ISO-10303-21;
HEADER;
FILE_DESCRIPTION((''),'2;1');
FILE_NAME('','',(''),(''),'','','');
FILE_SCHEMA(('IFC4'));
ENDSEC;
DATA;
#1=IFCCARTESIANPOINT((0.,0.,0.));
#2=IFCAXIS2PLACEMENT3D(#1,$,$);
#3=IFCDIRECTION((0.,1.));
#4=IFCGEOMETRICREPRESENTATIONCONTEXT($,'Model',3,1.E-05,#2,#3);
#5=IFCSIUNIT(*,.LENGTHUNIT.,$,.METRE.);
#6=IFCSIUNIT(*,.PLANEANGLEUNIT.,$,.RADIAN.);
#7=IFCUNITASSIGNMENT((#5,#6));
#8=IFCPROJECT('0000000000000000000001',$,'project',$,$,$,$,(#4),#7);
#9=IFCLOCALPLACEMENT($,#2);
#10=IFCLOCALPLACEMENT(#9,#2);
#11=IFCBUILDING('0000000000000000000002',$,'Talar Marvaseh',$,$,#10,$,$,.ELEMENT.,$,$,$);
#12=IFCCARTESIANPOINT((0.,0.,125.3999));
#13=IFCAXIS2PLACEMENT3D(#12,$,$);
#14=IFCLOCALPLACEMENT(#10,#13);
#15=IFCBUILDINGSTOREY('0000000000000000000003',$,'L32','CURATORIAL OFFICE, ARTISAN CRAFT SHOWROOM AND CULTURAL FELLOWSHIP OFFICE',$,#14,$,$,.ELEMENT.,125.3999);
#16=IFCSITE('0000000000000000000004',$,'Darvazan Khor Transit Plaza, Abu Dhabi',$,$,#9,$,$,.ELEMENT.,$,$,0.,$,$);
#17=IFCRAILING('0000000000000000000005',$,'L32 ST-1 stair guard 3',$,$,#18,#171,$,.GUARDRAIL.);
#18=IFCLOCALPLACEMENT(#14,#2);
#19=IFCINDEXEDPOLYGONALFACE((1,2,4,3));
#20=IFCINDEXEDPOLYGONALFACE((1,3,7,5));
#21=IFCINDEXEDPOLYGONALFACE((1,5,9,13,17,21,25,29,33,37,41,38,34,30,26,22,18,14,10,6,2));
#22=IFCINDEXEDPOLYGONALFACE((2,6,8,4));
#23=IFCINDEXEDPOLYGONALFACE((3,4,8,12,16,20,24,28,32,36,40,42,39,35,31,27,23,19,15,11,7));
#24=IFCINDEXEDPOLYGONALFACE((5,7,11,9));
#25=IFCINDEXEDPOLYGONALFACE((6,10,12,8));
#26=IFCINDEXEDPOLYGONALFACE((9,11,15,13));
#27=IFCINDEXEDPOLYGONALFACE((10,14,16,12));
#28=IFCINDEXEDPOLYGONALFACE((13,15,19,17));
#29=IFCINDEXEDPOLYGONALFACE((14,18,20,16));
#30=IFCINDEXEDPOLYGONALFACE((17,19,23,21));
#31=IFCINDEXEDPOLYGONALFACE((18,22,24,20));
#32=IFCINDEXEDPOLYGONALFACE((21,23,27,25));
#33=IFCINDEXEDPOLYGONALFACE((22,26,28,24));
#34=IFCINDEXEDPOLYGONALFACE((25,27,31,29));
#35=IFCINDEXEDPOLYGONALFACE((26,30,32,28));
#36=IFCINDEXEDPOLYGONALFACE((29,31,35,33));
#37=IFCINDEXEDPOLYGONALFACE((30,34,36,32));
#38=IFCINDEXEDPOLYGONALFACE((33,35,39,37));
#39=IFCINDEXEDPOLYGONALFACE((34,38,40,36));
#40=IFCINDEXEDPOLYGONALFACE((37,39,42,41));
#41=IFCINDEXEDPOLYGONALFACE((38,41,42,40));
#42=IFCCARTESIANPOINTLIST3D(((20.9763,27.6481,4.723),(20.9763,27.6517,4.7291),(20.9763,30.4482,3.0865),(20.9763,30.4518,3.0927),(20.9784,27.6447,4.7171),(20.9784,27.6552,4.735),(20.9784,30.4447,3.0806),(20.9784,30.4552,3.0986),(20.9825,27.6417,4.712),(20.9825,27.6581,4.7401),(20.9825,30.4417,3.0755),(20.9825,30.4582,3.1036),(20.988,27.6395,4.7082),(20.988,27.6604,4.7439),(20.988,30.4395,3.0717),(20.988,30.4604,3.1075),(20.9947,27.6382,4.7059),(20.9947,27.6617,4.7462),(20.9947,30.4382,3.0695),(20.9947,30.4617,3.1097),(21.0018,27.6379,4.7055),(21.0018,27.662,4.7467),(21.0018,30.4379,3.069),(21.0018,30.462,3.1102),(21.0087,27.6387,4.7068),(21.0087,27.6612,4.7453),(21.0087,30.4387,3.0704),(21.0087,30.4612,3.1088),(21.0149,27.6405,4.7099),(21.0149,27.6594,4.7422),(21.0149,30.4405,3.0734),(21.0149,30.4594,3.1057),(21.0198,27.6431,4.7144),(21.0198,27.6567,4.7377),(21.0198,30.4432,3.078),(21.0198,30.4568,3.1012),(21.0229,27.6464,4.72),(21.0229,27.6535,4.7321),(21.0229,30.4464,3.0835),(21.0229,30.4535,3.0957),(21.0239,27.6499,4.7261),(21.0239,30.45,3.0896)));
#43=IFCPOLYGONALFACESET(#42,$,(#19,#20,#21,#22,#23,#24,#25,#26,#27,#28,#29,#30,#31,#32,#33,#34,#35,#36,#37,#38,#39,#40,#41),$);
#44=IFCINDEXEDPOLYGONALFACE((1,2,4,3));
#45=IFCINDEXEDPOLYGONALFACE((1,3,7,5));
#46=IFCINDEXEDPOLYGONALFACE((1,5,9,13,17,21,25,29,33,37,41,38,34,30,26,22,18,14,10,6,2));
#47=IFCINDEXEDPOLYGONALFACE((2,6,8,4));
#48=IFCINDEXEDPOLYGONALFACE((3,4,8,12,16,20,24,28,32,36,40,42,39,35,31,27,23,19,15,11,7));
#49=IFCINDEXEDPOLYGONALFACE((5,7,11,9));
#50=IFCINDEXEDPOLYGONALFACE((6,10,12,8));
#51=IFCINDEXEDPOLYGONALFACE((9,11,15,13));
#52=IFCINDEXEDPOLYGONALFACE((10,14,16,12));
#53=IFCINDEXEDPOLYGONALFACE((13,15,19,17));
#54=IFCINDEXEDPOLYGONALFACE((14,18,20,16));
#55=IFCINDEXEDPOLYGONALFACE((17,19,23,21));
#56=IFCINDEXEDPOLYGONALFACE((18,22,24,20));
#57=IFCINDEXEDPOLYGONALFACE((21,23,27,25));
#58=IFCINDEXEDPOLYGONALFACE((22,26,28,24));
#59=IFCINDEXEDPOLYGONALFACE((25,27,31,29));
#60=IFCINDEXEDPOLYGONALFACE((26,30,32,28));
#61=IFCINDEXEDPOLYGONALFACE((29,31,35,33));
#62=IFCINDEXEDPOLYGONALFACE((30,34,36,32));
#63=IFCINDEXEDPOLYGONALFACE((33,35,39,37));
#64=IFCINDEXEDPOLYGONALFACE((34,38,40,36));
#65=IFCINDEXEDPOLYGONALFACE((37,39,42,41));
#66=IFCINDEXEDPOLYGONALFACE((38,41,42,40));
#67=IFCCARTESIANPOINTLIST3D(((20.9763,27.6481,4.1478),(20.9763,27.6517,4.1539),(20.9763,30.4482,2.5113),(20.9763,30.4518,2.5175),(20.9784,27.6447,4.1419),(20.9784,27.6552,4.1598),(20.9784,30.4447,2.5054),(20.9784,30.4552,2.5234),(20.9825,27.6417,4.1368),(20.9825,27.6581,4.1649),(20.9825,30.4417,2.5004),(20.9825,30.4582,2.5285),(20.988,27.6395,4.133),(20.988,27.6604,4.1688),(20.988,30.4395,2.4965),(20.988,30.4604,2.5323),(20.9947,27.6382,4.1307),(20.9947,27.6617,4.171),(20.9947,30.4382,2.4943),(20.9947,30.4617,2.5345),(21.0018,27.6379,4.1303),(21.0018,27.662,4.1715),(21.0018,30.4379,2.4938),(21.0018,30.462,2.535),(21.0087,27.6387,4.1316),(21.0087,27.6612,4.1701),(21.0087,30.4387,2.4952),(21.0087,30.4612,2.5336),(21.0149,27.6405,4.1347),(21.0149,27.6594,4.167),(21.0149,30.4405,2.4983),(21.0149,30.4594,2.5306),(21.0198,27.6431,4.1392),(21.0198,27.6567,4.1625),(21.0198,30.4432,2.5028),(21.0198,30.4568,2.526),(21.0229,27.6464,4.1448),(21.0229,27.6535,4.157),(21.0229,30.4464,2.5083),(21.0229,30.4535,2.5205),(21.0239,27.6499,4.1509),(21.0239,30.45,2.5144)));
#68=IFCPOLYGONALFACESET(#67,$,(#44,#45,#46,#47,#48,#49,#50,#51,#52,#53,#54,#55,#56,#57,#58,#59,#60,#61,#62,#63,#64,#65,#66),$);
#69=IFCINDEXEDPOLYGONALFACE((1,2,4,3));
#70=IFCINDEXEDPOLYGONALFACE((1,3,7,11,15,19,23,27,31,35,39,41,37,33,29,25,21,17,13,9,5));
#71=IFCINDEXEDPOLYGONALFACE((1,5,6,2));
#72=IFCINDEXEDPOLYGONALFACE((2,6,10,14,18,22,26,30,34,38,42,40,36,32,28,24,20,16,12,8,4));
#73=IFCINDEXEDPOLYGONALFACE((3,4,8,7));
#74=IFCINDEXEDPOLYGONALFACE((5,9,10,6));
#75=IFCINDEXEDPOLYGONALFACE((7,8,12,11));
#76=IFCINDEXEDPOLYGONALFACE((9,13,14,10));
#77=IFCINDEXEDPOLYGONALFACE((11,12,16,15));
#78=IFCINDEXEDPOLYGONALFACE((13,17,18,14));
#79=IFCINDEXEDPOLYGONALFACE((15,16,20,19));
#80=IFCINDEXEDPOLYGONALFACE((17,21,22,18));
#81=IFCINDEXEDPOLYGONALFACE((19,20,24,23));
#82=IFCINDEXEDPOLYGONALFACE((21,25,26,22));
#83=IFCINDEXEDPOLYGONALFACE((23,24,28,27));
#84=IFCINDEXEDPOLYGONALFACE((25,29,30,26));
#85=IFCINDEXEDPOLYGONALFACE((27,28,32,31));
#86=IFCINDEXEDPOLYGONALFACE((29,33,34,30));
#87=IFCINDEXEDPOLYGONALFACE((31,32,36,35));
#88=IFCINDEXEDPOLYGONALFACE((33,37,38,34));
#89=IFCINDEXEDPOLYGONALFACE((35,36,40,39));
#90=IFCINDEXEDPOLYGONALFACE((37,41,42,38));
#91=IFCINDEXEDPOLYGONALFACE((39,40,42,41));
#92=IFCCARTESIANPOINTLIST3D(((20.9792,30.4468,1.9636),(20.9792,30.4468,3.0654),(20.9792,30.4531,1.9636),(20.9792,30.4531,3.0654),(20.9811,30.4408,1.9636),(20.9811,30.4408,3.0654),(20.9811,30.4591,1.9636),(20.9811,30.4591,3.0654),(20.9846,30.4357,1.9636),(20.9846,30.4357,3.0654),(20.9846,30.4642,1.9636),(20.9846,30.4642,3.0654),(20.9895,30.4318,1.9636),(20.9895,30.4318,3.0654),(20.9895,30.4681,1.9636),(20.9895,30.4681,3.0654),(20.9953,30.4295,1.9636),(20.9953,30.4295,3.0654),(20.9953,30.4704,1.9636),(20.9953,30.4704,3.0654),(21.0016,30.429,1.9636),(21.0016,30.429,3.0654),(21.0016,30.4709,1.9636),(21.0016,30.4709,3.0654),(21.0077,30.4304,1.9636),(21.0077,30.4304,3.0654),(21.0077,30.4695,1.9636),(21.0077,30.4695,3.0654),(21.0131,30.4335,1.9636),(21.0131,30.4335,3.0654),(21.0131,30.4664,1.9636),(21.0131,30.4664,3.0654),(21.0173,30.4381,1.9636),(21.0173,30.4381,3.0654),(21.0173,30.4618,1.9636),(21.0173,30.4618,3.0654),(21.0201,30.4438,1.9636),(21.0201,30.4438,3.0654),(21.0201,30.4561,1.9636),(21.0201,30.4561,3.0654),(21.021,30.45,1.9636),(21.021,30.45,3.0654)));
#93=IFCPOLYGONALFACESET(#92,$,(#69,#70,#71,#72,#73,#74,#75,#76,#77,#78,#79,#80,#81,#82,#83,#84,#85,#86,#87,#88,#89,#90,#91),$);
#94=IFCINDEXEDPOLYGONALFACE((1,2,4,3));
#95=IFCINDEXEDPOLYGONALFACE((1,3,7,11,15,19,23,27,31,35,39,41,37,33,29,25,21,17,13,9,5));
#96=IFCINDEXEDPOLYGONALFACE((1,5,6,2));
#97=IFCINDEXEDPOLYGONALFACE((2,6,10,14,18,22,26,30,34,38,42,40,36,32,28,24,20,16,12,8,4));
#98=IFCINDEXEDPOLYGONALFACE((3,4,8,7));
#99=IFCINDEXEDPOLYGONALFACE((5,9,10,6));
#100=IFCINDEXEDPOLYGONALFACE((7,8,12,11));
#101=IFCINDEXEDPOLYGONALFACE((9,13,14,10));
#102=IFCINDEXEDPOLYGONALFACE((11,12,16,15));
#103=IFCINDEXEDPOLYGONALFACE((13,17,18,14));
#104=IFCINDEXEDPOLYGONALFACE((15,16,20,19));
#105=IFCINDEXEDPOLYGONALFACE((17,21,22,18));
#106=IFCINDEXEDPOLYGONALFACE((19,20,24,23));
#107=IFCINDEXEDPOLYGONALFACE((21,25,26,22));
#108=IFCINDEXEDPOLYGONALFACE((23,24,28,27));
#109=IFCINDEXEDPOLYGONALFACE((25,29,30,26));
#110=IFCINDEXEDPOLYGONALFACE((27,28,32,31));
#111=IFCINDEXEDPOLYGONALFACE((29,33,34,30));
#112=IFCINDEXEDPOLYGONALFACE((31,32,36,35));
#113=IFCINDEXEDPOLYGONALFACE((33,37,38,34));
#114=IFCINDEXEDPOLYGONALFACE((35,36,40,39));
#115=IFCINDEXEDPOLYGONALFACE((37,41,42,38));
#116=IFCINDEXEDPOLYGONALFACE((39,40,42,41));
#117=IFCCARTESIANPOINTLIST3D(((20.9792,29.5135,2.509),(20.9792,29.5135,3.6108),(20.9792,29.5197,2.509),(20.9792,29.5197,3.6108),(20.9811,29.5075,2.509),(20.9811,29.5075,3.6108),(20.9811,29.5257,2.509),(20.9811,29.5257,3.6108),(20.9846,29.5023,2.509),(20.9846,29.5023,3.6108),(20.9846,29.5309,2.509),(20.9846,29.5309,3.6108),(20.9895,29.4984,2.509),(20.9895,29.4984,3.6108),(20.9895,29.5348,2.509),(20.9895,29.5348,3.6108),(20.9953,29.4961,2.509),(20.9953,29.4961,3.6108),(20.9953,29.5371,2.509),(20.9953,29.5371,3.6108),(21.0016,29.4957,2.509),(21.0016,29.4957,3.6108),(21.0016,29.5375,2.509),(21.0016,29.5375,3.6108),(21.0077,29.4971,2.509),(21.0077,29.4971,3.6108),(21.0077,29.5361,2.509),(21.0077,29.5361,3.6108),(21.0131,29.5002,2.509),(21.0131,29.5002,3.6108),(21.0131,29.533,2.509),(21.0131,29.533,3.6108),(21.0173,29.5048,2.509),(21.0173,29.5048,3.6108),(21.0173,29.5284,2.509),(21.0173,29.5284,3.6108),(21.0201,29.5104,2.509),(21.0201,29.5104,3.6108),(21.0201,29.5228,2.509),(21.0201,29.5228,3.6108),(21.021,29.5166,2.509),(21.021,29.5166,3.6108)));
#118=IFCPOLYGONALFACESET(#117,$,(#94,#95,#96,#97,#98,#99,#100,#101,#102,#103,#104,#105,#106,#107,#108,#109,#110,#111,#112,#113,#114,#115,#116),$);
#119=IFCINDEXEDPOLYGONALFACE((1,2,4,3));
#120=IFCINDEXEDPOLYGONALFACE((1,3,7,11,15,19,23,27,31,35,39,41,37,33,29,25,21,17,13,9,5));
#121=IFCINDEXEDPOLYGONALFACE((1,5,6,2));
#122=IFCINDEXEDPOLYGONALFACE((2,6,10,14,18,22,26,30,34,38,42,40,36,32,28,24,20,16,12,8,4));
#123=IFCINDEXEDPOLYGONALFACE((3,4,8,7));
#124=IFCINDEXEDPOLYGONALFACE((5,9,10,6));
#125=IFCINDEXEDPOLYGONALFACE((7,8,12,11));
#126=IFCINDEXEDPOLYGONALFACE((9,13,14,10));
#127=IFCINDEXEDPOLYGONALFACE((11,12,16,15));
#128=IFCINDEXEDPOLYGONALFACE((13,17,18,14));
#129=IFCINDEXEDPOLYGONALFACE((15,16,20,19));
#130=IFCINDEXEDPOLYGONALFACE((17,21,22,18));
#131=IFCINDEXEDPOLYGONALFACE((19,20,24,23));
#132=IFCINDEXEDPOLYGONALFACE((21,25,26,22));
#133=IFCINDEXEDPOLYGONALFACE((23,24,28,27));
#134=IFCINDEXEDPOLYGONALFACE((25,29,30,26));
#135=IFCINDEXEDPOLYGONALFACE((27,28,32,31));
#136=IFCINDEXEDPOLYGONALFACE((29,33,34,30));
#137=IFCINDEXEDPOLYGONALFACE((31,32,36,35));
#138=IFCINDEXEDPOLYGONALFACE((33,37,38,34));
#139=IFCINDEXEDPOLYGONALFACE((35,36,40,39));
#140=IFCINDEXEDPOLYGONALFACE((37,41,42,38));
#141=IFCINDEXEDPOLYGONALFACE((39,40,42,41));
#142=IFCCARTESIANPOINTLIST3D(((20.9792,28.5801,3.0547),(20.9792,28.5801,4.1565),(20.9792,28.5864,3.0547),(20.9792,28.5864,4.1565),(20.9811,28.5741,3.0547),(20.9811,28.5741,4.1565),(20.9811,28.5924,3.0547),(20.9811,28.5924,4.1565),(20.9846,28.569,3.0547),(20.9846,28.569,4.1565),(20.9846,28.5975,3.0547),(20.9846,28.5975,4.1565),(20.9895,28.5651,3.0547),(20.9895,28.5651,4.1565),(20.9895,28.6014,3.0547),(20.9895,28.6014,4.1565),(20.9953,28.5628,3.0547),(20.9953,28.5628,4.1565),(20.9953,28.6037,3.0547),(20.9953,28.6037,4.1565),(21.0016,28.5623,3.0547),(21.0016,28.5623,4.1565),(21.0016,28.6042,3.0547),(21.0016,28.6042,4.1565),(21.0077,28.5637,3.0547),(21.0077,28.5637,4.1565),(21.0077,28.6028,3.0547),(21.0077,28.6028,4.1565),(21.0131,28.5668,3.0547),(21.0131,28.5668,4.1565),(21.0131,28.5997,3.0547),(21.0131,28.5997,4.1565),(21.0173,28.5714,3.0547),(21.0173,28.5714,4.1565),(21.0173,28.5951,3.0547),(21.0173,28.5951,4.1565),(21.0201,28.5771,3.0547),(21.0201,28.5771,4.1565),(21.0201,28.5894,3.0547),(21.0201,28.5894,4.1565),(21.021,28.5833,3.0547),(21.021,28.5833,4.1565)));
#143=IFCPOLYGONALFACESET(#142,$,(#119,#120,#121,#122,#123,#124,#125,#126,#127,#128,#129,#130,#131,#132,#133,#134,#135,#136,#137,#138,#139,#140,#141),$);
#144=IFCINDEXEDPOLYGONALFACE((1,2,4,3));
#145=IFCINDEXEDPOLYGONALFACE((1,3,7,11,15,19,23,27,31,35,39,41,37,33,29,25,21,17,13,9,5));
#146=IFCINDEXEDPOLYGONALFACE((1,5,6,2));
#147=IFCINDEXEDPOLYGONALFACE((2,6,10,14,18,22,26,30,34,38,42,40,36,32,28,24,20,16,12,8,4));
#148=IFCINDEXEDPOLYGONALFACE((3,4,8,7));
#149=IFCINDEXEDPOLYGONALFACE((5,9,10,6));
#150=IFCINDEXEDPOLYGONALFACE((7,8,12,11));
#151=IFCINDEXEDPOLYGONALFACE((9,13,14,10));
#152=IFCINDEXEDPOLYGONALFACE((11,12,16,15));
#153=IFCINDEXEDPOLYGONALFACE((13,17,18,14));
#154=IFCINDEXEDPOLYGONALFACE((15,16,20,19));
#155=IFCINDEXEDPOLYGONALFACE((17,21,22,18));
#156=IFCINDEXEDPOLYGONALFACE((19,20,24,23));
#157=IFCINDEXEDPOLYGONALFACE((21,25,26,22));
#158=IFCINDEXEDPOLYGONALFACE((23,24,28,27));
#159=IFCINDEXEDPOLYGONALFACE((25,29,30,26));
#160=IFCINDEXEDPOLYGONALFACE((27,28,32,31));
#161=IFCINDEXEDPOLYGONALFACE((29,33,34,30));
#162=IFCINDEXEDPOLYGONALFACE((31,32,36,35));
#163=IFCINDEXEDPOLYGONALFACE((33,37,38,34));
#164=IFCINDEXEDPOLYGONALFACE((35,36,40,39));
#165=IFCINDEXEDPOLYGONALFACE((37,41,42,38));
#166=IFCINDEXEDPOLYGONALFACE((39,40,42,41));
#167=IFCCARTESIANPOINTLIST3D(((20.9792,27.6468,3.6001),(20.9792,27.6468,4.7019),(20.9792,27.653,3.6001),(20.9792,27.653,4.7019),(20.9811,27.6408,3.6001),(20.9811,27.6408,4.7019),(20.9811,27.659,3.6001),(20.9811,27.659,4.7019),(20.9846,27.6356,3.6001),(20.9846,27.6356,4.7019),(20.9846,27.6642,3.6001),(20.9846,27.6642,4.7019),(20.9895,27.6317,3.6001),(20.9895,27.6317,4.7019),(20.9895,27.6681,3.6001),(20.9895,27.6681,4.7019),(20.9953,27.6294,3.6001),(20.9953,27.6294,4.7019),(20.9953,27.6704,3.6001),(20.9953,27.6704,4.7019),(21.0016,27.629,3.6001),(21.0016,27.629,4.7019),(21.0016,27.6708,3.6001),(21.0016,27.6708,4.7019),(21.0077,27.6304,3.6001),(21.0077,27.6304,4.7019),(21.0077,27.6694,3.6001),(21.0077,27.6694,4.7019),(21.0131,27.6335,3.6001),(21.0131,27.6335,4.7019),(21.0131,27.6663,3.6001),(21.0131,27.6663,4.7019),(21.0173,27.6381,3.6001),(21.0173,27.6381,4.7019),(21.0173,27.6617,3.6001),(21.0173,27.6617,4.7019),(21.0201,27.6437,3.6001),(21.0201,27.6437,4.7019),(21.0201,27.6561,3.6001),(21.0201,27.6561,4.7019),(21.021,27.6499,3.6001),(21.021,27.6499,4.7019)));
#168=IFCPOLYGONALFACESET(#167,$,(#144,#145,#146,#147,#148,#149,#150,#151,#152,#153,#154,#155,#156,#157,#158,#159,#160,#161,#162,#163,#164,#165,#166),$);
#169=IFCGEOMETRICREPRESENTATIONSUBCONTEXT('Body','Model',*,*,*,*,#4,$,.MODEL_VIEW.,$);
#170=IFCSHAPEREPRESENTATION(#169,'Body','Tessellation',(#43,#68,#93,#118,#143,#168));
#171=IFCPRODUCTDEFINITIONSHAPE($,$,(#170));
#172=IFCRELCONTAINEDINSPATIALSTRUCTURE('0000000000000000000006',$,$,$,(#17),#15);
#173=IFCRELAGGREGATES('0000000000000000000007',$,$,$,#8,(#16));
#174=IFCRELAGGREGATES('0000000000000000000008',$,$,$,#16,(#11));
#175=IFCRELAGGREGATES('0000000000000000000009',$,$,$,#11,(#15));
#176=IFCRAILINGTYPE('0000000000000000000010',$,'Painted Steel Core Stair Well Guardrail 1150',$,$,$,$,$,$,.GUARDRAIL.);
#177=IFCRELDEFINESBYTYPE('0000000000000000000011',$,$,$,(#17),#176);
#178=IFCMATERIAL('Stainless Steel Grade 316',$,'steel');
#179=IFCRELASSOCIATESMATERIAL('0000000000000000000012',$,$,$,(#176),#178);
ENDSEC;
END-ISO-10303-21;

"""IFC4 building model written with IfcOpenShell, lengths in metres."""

from ifc_helpers import new_model, si_unit, direction, frame, origin, origin_2d, place, context, subcontext, project, spatial, circle, extrude, material, type_object, element, save


model = new_model("IFC4")

# Units and contexts
model_context = context("Model", 3, precision=1e-05, world=origin(), true_north=direction((0.0, 1.0)))
body_context = subcontext(model_context, "Body", "Model", "MODEL_VIEW")
ifc_project = project(units=[si_unit("LENGTHUNIT", "METRE"), si_unit("PLANEANGLEUNIT", "RADIAN")], contexts=[model_context])

# Site, building, storey
site_placement = place(None, origin())
site = spatial("IfcSite", under=ifc_project, at=site_placement, Name="Darvazan Khor Transit Plaza, Abu Dhabi", CompositionType="ELEMENT", RefElevation=0.0)
building_placement = place(site_placement, origin())
building = spatial("IfcBuilding", under=site, at=building_placement, Name="Talar Marvaseh", CompositionType="ELEMENT")
storey_placement = place(building_placement, frame((0.0, 0.0, 125.3999)))
storey = spatial("IfcBuildingStorey", under=building, at=storey_placement, Name="L32", Description="CURATORIAL OFFICE, ARTISAN CRAFT SHOWROOM AND CULTURAL FELLOWSHIP OFFICE", CompositionType="ELEMENT", Elevation=125.3999)

# Railing
ifc_material_1 = material(Name="Stainless Steel Grade 316", Category="steel")
railing_type_1 = type_object("IfcRailingType", Name="Painted Steel Core Stair Well Guardrail 1150", PredefinedType="GUARDRAIL", material=ifc_material_1)
railing_1_placement = place(storey_placement, frame((21.0, 30.45, 1.9636)))
element("IfcRailing", 1, at=railing_1_placement, inside=storey, type_object=railing_type_1, Name="L32 ST-1 stair guard 3", PredefinedType="GUARDRAIL", context=body_context, shape_type="SweptSolid", body=[
    extrude(circle(Radius=0.0239, at=origin_2d()), frame((0.0, 0.0, 1.126), z_axis=(0.0, -0.863361, 0.504587), x_axis=(1.0, 0.0, 0.0)), (0.0, 0.0, 1.0), 3.2432),
    extrude(circle(Radius=0.0239, at=origin_2d()), frame((0.0, 0.0, 0.5508), z_axis=(0.0, -0.863361, 0.504587), x_axis=(1.0, 0.0, 0.0)), (0.0, 0.0, 1.0), 3.2432),
    extrude(circle(Radius=0.021, at=origin_2d()), origin(), (0.0, 0.0, 1.0), 1.1018),
    extrude(circle(Radius=0.021, at=origin_2d()), frame((0.0, -0.9333, 0.5454)), (0.0, 0.0, 1.0), 1.1018),
    extrude(circle(Radius=0.021, at=origin_2d()), frame((0.0, -1.8667, 1.0911)), (0.0, 0.0, 1.0), 1.1018),
    extrude(circle(Radius=0.021, at=origin_2d()), frame((0.0, -2.8, 1.6365)), (0.0, 0.0, 1.0), 1.1018),
])

save(model, "model.ifc")
